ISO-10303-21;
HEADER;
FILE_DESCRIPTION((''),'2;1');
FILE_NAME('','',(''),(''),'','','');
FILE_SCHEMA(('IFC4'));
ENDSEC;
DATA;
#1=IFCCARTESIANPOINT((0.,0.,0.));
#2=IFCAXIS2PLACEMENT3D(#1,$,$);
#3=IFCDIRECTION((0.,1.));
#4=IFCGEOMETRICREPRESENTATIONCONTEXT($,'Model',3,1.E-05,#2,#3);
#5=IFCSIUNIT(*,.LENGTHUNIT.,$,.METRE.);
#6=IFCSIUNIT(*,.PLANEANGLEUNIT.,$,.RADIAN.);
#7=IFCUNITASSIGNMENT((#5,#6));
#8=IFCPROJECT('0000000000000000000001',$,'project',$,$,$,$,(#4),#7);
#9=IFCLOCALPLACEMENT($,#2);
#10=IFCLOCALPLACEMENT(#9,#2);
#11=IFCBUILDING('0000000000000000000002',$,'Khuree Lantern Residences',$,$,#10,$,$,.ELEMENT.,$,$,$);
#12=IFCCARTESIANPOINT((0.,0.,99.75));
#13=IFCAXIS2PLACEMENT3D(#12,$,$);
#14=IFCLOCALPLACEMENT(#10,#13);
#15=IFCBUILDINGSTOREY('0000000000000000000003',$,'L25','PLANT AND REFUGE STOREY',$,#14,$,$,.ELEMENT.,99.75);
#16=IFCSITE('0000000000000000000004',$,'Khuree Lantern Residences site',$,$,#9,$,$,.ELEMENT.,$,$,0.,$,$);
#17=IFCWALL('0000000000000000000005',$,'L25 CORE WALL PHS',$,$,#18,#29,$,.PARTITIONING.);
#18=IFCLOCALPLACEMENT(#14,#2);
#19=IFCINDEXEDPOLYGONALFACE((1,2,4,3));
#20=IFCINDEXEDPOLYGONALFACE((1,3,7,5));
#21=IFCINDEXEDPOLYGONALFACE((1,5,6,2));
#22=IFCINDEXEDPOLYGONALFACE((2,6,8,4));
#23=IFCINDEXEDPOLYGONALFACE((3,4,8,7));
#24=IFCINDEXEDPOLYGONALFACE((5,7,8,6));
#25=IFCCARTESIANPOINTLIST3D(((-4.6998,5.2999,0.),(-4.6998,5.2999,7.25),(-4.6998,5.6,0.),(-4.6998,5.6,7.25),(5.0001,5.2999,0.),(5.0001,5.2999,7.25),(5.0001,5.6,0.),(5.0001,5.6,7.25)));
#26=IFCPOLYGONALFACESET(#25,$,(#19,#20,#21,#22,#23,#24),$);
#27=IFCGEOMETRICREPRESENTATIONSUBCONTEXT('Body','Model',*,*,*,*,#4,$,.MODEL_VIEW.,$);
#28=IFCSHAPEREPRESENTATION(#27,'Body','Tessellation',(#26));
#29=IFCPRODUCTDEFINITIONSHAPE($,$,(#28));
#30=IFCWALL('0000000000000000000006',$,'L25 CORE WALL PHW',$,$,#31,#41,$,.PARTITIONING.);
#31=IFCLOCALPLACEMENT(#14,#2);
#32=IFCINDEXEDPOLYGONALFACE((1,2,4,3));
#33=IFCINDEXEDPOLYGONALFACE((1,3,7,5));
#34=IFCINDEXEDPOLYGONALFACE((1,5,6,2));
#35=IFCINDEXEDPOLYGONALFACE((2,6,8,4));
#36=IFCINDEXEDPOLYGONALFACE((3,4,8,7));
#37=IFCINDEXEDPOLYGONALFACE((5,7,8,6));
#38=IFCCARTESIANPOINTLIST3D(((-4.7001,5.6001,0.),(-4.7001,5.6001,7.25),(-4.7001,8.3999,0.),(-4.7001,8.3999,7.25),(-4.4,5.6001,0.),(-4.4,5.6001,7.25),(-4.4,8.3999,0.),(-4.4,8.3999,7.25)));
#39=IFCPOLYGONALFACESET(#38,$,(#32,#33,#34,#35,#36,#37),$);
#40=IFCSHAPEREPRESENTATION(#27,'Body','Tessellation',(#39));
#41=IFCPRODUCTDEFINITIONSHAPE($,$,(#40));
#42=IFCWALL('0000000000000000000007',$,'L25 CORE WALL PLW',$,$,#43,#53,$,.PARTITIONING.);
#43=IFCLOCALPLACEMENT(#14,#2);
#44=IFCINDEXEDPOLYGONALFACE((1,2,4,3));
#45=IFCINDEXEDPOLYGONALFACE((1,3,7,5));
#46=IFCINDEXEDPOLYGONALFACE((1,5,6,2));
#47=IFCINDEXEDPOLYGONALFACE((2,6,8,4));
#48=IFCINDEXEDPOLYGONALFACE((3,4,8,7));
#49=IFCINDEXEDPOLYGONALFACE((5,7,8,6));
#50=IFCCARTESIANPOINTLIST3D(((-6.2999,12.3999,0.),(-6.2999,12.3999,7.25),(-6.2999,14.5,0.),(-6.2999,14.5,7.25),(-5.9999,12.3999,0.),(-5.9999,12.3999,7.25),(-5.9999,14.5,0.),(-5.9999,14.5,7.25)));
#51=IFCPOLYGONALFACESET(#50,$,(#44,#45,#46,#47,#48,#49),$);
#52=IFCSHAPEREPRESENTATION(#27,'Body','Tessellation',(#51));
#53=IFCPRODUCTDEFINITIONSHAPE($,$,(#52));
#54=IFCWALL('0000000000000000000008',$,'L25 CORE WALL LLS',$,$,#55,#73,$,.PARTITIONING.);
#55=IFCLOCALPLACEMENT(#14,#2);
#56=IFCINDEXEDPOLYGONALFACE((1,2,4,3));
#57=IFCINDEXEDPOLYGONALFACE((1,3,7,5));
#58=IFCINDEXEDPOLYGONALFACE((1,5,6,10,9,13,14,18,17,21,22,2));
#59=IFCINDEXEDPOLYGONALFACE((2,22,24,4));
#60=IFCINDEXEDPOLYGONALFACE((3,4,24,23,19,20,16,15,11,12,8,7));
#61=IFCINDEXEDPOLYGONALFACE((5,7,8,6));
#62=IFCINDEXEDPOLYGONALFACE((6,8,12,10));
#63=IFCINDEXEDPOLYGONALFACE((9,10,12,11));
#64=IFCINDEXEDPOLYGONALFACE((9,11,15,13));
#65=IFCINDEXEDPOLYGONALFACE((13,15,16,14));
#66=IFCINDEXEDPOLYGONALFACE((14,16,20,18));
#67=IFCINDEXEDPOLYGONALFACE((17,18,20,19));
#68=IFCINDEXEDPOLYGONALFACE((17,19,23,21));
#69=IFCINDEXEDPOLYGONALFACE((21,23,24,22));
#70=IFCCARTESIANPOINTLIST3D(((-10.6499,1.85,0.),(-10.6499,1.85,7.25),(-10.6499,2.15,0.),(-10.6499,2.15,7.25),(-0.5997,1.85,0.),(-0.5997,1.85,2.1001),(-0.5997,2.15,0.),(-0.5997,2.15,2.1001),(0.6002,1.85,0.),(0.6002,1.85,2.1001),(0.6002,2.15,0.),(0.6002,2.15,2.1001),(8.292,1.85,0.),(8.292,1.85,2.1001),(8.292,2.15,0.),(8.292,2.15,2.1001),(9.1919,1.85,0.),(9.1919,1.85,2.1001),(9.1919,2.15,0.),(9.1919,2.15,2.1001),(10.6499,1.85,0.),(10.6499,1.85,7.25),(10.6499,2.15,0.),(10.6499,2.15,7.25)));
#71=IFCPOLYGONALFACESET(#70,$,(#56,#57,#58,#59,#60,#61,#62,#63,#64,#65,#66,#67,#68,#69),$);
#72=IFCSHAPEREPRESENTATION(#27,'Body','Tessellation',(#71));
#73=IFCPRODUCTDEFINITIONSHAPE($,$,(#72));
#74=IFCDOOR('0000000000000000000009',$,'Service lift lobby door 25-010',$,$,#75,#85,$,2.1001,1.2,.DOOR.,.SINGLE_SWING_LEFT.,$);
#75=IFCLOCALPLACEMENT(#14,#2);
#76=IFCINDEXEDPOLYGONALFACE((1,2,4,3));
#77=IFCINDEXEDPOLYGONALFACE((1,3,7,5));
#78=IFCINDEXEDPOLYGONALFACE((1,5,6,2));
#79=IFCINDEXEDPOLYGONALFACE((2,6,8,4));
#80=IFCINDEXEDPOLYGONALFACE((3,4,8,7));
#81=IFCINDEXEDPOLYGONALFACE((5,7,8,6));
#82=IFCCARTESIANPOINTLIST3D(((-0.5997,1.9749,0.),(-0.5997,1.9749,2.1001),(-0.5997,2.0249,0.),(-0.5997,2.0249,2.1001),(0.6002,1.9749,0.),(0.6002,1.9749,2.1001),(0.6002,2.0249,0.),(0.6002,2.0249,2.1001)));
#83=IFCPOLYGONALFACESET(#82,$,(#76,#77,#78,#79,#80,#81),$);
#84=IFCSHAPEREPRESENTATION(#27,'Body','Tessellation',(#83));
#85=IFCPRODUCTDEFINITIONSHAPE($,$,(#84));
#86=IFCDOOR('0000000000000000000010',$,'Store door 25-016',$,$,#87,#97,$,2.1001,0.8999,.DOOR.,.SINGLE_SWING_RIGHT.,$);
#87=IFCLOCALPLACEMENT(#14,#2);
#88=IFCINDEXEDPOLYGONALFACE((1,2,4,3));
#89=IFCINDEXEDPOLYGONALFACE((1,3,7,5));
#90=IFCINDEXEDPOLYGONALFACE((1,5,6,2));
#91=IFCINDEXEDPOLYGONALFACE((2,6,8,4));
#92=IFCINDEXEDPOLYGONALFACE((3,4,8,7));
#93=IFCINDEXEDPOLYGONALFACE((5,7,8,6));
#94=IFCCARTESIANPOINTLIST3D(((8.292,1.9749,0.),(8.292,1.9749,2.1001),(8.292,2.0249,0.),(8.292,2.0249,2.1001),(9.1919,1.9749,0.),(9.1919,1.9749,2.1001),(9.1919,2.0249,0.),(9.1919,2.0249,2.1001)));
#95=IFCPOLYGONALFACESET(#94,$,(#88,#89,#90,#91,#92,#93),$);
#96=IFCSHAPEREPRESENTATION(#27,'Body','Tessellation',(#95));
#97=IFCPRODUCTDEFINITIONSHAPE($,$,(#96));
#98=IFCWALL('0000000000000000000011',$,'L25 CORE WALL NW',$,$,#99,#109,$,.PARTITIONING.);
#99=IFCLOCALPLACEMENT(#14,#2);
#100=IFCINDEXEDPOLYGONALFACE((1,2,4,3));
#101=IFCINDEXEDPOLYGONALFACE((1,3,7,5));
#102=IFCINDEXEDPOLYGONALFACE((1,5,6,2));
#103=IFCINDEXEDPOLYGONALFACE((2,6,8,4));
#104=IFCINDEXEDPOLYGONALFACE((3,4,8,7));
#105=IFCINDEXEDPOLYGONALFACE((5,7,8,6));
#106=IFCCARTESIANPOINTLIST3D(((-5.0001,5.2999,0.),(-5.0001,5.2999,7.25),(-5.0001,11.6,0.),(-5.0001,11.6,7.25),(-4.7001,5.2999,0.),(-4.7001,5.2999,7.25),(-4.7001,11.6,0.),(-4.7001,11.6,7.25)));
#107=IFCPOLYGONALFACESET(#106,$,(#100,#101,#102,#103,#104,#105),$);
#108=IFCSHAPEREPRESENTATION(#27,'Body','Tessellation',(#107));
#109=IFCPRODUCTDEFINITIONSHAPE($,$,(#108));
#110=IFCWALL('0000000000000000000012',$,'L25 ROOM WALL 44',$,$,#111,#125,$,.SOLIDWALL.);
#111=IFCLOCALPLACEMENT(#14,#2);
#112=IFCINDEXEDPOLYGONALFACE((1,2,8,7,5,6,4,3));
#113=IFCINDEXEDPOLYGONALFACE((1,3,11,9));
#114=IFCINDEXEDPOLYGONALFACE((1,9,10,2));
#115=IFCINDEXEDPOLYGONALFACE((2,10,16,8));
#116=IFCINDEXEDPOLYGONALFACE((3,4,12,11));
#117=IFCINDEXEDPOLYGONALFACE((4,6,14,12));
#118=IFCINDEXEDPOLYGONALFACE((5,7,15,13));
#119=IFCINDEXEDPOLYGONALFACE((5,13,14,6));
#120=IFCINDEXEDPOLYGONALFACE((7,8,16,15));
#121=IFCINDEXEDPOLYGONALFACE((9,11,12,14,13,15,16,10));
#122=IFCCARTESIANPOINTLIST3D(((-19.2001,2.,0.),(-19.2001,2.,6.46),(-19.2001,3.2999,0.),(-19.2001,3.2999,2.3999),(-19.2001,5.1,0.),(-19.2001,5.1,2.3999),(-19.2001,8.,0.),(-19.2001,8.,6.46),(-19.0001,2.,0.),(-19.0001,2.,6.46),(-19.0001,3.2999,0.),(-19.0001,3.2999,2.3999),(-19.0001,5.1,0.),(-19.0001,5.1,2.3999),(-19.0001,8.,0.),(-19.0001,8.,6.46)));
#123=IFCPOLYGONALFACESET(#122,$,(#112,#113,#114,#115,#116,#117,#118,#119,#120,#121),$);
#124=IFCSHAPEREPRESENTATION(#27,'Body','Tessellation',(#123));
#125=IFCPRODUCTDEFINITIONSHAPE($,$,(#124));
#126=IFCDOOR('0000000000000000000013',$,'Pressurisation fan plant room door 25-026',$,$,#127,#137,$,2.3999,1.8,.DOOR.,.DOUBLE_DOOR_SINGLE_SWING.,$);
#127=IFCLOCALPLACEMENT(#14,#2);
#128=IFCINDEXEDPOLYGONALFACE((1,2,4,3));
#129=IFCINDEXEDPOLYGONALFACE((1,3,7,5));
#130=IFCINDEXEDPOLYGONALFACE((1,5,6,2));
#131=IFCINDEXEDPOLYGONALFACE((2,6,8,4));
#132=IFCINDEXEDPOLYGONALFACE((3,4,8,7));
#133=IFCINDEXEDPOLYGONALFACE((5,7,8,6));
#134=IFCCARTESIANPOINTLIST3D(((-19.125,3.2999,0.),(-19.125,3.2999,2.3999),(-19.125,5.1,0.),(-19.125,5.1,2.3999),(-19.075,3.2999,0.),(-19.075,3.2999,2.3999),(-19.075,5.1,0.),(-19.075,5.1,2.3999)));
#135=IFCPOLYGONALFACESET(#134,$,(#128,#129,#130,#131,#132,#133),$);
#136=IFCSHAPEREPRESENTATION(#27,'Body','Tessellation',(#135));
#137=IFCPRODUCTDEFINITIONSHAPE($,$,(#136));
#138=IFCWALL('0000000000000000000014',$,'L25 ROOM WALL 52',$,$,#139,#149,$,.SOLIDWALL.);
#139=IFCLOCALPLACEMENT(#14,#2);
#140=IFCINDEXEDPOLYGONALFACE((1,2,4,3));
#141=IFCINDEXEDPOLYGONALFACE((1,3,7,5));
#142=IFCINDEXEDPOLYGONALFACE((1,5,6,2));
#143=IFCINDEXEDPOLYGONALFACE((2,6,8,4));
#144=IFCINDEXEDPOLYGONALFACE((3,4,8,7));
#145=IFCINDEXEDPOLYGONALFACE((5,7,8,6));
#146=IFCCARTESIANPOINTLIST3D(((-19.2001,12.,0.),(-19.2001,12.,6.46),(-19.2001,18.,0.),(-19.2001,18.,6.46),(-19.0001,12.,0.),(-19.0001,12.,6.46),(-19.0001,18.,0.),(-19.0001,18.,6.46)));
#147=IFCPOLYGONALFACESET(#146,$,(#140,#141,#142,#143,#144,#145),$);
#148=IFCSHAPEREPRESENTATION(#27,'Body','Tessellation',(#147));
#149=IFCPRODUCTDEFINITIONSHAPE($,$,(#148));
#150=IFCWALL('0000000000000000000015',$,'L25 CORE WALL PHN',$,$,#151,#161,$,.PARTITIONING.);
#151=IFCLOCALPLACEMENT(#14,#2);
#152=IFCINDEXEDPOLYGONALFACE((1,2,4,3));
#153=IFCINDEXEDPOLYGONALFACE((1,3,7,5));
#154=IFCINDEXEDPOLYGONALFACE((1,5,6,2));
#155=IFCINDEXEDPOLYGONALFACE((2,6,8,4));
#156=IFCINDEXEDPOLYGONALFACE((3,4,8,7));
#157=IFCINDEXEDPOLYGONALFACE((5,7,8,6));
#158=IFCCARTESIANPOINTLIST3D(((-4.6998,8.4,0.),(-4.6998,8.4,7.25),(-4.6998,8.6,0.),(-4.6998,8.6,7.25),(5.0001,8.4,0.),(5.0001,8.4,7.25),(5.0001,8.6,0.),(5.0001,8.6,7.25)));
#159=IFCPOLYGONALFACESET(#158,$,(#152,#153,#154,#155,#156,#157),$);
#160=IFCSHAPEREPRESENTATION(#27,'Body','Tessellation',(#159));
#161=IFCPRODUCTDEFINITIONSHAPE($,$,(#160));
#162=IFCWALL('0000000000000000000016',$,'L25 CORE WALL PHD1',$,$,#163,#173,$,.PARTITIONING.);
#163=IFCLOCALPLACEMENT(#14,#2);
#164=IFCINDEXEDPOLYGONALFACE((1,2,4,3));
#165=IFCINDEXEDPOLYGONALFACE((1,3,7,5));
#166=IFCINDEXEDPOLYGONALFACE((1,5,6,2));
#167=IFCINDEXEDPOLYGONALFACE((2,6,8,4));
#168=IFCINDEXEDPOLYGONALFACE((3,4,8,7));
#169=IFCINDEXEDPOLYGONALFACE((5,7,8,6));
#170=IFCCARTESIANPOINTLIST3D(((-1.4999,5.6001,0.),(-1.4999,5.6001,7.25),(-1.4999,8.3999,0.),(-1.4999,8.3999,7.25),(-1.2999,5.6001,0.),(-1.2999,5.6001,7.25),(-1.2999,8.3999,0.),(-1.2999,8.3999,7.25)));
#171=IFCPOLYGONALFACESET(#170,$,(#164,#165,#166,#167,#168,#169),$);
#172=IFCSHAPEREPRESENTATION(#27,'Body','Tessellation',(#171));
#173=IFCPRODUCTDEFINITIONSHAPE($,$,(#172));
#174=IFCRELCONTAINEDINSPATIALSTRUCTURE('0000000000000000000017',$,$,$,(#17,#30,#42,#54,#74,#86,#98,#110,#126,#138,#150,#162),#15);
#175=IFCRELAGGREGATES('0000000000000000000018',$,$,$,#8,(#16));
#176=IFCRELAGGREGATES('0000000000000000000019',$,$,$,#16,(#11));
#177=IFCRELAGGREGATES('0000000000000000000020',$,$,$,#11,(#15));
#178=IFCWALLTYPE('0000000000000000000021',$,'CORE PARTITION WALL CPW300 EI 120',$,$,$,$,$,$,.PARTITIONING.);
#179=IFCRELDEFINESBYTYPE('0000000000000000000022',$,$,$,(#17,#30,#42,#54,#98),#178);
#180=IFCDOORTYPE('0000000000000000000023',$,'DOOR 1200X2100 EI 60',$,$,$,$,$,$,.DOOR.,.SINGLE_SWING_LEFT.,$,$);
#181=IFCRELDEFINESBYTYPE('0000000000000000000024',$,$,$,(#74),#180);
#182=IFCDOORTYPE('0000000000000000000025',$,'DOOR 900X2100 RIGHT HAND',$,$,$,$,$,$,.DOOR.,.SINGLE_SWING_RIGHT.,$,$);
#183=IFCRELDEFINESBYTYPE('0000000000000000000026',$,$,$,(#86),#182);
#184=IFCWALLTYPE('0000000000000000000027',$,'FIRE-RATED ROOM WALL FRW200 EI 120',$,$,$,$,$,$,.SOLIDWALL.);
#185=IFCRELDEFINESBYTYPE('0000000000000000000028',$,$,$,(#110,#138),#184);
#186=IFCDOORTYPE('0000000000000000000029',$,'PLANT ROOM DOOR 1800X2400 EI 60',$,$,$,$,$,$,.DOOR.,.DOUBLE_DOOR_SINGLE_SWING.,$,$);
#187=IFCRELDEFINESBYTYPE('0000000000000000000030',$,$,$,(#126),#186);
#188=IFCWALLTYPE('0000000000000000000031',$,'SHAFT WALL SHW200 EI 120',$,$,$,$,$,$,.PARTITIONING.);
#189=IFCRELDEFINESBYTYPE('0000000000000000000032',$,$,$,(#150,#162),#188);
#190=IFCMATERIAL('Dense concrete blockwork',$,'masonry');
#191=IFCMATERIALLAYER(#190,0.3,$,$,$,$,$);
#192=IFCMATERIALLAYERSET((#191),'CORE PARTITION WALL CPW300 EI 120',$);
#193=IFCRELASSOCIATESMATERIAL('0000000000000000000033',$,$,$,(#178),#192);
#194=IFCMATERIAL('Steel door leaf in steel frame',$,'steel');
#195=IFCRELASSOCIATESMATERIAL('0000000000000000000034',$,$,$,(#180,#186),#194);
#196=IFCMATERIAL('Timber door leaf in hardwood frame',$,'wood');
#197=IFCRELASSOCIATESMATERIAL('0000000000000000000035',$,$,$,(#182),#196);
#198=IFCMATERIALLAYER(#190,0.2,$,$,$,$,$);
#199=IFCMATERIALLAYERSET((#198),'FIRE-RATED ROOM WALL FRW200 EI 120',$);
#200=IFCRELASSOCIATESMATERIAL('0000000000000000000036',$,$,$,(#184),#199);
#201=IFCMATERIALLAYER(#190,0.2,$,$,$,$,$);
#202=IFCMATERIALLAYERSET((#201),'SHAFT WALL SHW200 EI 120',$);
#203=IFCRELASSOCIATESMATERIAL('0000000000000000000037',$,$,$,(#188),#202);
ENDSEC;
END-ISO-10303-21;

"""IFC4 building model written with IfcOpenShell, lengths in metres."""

from ifc_helpers import new_model, si_unit, direction, frame, frame_2d, origin, place, context, subcontext, project, spatial, rectangle, extrude, material, layer, layer_set, type_object, element, fill, save


model = new_model("IFC4")

# Units and contexts
model_context = context("Model", 3, precision=1e-05, world=origin(), true_north=direction((0.0, 1.0)))
body_context = subcontext(model_context, "Body", "Model", "MODEL_VIEW")
ifc_project = project(units=[si_unit("LENGTHUNIT", "METRE"), si_unit("PLANEANGLEUNIT", "RADIAN")], contexts=[model_context])

# Site, building, storey
site_placement = place(None, origin())
site = spatial("IfcSite", under=ifc_project, at=site_placement, Name="Khuree Lantern Residences site", CompositionType="ELEMENT", RefElevation=0.0)
building_placement = place(site_placement, origin())
building = spatial("IfcBuilding", under=site, at=building_placement, Name="Khuree Lantern Residences", CompositionType="ELEMENT")
storey_placement = place(building_placement, frame((0.0, 0.0, 99.75)))
storey = spatial("IfcBuildingStorey", under=building, at=storey_placement, Name="L25", Description="PLANT AND REFUGE STOREY", CompositionType="ELEMENT", Elevation=99.75)

# Walls
ifc_material_1 = material(Name="Dense concrete blockwork", Category="masonry")
ifc_layer_1 = layer(ifc_material_1, 0.3)
ifc_layer_set_1 = layer_set([ifc_layer_1], Name="CORE PARTITION WALL CPW300 EI 120")
wall_type_1 = type_object("IfcWallType", Name="CORE PARTITION WALL CPW300 EI 120", PredefinedType="PARTITIONING", material=ifc_layer_set_1)
wall_1_placement = place(storey_placement, frame((-4.7, 5.45, 0.0), z_axis=(0.0, 0.0, 1.0), x_axis=(1.0, 0.0, 0.0)))
element("IfcWall", 1, at=wall_1_placement, inside=storey, type_object=wall_type_1, Name="L25 CORE WALL PHS", PredefinedType="PARTITIONING", context=body_context, shape_type="SweptSolid", body=[
    extrude(rectangle(XDim=9.7, YDim=0.3, at=frame_2d((4.8501, 0.0))), origin(), (0.0, 0.0, 1.0), 7.25),
])
wall_2_placement = place(storey_placement, frame((-4.55, 5.6001, 0.0), z_axis=(0.0, 0.0, 1.0), x_axis=(0.0, 1.0, 0.0)))
element("IfcWall", 2, at=wall_2_placement, inside=storey, type_object=wall_type_1, Name="L25 CORE WALL PHW", PredefinedType="PARTITIONING", context=body_context, shape_type="SweptSolid", body=[
    extrude(rectangle(XDim=2.7998, YDim=0.3, at=frame_2d((1.3999, 0.0))), origin(), (0.0, 0.0, 1.0), 7.25),
])
wall_3_placement = place(storey_placement, frame((-6.1499, 12.3999, 0.0), z_axis=(0.0, 0.0, 1.0), x_axis=(0.0, 1.0, 0.0)))
element("IfcWall", 3, at=wall_3_placement, inside=storey, type_object=wall_type_1, Name="L25 CORE WALL PLW", PredefinedType="PARTITIONING", context=body_context, shape_type="SweptSolid", body=[
    extrude(rectangle(XDim=2.1001, YDim=0.3, at=frame_2d((1.05, 0.0))), origin(), (0.0, 0.0, 1.0), 7.25),
])

# Wall, openings, doors
wall_4_placement = place(storey_placement, frame((-10.6499, 2.0, 0.0), z_axis=(0.0, 0.0, 1.0), x_axis=(1.0, 0.0, 0.0)))
wall_4 = element("IfcWall", 4, at=wall_4_placement, inside=storey, type_object=wall_type_1, Name="L25 CORE WALL LLS", PredefinedType="PARTITIONING", context=body_context, shape_type="SweptSolid", body=[
    extrude(rectangle(XDim=21.2998, YDim=0.3, at=frame_2d((10.6499, 0.0))), origin(), (0.0, 0.0, 1.0), 7.25),
])
opening_1_placement = place(wall_4_placement, frame((10.05, 0.0, 0.0)))
opening_1 = element("IfcOpeningElement", 5, at=opening_1_placement, cuts=wall_4, PredefinedType="OPENING", context=body_context, shape_type="SweptSolid", body=[
    extrude(rectangle(XDim=1.2, YDim=2.1001, at=frame_2d((0.6001, 1.05))), frame((0.0, 0.1602, 0.0), z_axis=(0.0, -1.0, 0.0), x_axis=(1.0, 0.0, 0.0)), (0.0, 0.0, 1.0), 0.3201),
])
opening_2_placement = place(wall_4_placement, frame((18.9419, 0.0, 0.0)))
opening_2 = element("IfcOpeningElement", 6, at=opening_2_placement, cuts=wall_4, PredefinedType="OPENING", context=body_context, shape_type="SweptSolid", body=[
    extrude(rectangle(XDim=0.8999, YDim=2.1001, at=frame_2d((0.45, 1.05))), frame((0.0, 0.1602, 0.0), z_axis=(0.0, -1.0, 0.0), x_axis=(1.0, 0.0, 0.0)), (0.0, 0.0, 1.0), 0.3201),
])
ifc_material_2 = material(Name="Steel door leaf in steel frame", Category="steel")
door_type_1 = type_object("IfcDoorType", Name="DOOR 1200X2100 EI 60", OperationType="SINGLE_SWING_LEFT", PredefinedType="DOOR", material=ifc_material_2)
door_1_placement = place(opening_1_placement, origin())
door_1 = element("IfcDoor", 7, at=door_1_placement, inside=storey, type_object=door_type_1, Name="Service lift lobby door 25-010", OperationType="SINGLE_SWING_LEFT", OverallHeight=2.1001, OverallWidth=1.2, PredefinedType="DOOR", context=body_context, shape_type="SweptSolid", body=[
    extrude(rectangle(XDim=1.2, YDim=2.1001, at=frame_2d((0.6001, 1.05))), frame((0.0, 0.0249, 0.0), z_axis=(0.0, -1.0, 0.0), x_axis=(1.0, 0.0, 0.0)), (0.0, 0.0, 1.0), 0.05),
])
fill(opening_1, door_1)
ifc_material_3 = material(Name="Timber door leaf in hardwood frame", Category="wood")
door_type_2 = type_object("IfcDoorType", Name="DOOR 900X2100 RIGHT HAND", OperationType="SINGLE_SWING_RIGHT", PredefinedType="DOOR", material=ifc_material_3)
door_2_placement = place(opening_2_placement, origin())
door_2 = element("IfcDoor", 8, at=door_2_placement, inside=storey, type_object=door_type_2, Name="Store door 25-016", OperationType="SINGLE_SWING_RIGHT", OverallHeight=2.1001, OverallWidth=0.8999, PredefinedType="DOOR", context=body_context, shape_type="SweptSolid", body=[
    extrude(rectangle(XDim=0.8999, YDim=2.1001, at=frame_2d((0.45, 1.05))), frame((0.0, 0.0249, 0.0), z_axis=(0.0, -1.0, 0.0), x_axis=(1.0, 0.0, 0.0)), (0.0, 0.0, 1.0), 0.05),
])
fill(opening_2, door_2)

# Wall
wall_5_placement = place(storey_placement, frame((-4.8501, 5.3, 0.0), z_axis=(0.0, 0.0, 1.0), x_axis=(0.0, 1.0, 0.0)))
element("IfcWall", 9, at=wall_5_placement, inside=storey, type_object=wall_type_1, Name="L25 CORE WALL NW", PredefinedType="PARTITIONING", context=body_context, shape_type="SweptSolid", body=[
    extrude(rectangle(XDim=6.3, YDim=0.3, at=frame_2d((3.1499, 0.0))), origin(), (0.0, 0.0, 1.0), 7.25),
])

# Wall, opening, door
ifc_layer_2 = layer(ifc_material_1, 0.2)
ifc_layer_set_2 = layer_set([ifc_layer_2], Name="FIRE-RATED ROOM WALL FRW200 EI 120")
wall_type_2 = type_object("IfcWallType", Name="FIRE-RATED ROOM WALL FRW200 EI 120", PredefinedType="SOLIDWALL", material=ifc_layer_set_2)
wall_6_placement = place(storey_placement, frame((-19.1001, 2.0, 0.0), z_axis=(0.0, 0.0, 1.0), x_axis=(0.0, 1.0, 0.0)))
wall_6 = element("IfcWall", 10, at=wall_6_placement, inside=storey, type_object=wall_type_2, Name="L25 ROOM WALL 44", PredefinedType="SOLIDWALL", context=body_context, shape_type="SweptSolid", body=[
    extrude(rectangle(XDim=6.0, YDim=0.2, at=frame_2d((3.0, 0.0))), origin(), (0.0, 0.0, 1.0), 6.46),
])
opening_3_placement = place(wall_6_placement, frame((1.3, 0.0, 0.0)))
opening_3 = element("IfcOpeningElement", 11, at=opening_3_placement, cuts=wall_6, PredefinedType="OPENING", context=body_context, shape_type="SweptSolid", body=[
    extrude(rectangle(XDim=1.8, YDim=2.3999, at=frame_2d((0.8999, 1.2))), frame((0.0, 0.1099, 0.0), z_axis=(0.0, -1.0, 0.0), x_axis=(1.0, 0.0, 0.0)), (0.0, 0.0, 1.0), 0.22),
])
door_type_3 = type_object("IfcDoorType", Name="PLANT ROOM DOOR 1800X2400 EI 60", OperationType="DOUBLE_DOOR_SINGLE_SWING", PredefinedType="DOOR", material=ifc_material_2)
door_3_placement = place(opening_3_placement, origin())
door_3 = element("IfcDoor", 12, at=door_3_placement, inside=storey, type_object=door_type_3, Name="Pressurisation fan plant room door 25-026", OperationType="DOUBLE_DOOR_SINGLE_SWING", OverallHeight=2.3999, OverallWidth=1.8, PredefinedType="DOOR", context=body_context, shape_type="SweptSolid", body=[
    extrude(rectangle(XDim=1.8, YDim=2.3999, at=frame_2d((0.8999, 1.2))), frame((0.0, 0.0249, 0.0), z_axis=(0.0, -1.0, 0.0), x_axis=(1.0, 0.0, 0.0)), (0.0, 0.0, 1.0), 0.05),
])
fill(opening_3, door_3)

# Walls
wall_7_placement = place(storey_placement, frame((-19.1001, 12.0, 0.0), z_axis=(0.0, 0.0, 1.0), x_axis=(0.0, 1.0, 0.0)))
element("IfcWall", 13, at=wall_7_placement, inside=storey, type_object=wall_type_2, Name="L25 ROOM WALL 52", PredefinedType="SOLIDWALL", context=body_context, shape_type="SweptSolid", body=[
    extrude(rectangle(XDim=6.0, YDim=0.2, at=frame_2d((3.0, 0.0))), origin(), (0.0, 0.0, 1.0), 6.46),
])
ifc_layer_3 = layer(ifc_material_1, 0.2)
ifc_layer_set_3 = layer_set([ifc_layer_3], Name="SHAFT WALL SHW200 EI 120")
wall_type_3 = type_object("IfcWallType", Name="SHAFT WALL SHW200 EI 120", PredefinedType="PARTITIONING", material=ifc_layer_set_3)
wall_8_placement = place(storey_placement, frame((-4.7, 8.5, 0.0), z_axis=(0.0, 0.0, 1.0), x_axis=(1.0, 0.0, 0.0)))
element("IfcWall", 14, at=wall_8_placement, inside=storey, type_object=wall_type_3, Name="L25 CORE WALL PHN", PredefinedType="PARTITIONING", context=body_context, shape_type="SweptSolid", body=[
    extrude(rectangle(XDim=9.7, YDim=0.2, at=frame_2d((4.8501, 0.0))), origin(), (0.0, 0.0, 1.0), 7.25),
])
wall_9_placement = place(storey_placement, frame((-1.3999, 5.6001, 0.0), z_axis=(0.0, 0.0, 1.0), x_axis=(0.0, 1.0, 0.0)))
element("IfcWall", 15, at=wall_9_placement, inside=storey, type_object=wall_type_3, Name="L25 CORE WALL PHD1", PredefinedType="PARTITIONING", context=body_context, shape_type="SweptSolid", body=[
    extrude(rectangle(XDim=2.7998, YDim=0.2, at=frame_2d((1.3999, 0.0))), origin(), (0.0, 0.0, 1.0), 7.25),
])

save(model, "model.ifc")
